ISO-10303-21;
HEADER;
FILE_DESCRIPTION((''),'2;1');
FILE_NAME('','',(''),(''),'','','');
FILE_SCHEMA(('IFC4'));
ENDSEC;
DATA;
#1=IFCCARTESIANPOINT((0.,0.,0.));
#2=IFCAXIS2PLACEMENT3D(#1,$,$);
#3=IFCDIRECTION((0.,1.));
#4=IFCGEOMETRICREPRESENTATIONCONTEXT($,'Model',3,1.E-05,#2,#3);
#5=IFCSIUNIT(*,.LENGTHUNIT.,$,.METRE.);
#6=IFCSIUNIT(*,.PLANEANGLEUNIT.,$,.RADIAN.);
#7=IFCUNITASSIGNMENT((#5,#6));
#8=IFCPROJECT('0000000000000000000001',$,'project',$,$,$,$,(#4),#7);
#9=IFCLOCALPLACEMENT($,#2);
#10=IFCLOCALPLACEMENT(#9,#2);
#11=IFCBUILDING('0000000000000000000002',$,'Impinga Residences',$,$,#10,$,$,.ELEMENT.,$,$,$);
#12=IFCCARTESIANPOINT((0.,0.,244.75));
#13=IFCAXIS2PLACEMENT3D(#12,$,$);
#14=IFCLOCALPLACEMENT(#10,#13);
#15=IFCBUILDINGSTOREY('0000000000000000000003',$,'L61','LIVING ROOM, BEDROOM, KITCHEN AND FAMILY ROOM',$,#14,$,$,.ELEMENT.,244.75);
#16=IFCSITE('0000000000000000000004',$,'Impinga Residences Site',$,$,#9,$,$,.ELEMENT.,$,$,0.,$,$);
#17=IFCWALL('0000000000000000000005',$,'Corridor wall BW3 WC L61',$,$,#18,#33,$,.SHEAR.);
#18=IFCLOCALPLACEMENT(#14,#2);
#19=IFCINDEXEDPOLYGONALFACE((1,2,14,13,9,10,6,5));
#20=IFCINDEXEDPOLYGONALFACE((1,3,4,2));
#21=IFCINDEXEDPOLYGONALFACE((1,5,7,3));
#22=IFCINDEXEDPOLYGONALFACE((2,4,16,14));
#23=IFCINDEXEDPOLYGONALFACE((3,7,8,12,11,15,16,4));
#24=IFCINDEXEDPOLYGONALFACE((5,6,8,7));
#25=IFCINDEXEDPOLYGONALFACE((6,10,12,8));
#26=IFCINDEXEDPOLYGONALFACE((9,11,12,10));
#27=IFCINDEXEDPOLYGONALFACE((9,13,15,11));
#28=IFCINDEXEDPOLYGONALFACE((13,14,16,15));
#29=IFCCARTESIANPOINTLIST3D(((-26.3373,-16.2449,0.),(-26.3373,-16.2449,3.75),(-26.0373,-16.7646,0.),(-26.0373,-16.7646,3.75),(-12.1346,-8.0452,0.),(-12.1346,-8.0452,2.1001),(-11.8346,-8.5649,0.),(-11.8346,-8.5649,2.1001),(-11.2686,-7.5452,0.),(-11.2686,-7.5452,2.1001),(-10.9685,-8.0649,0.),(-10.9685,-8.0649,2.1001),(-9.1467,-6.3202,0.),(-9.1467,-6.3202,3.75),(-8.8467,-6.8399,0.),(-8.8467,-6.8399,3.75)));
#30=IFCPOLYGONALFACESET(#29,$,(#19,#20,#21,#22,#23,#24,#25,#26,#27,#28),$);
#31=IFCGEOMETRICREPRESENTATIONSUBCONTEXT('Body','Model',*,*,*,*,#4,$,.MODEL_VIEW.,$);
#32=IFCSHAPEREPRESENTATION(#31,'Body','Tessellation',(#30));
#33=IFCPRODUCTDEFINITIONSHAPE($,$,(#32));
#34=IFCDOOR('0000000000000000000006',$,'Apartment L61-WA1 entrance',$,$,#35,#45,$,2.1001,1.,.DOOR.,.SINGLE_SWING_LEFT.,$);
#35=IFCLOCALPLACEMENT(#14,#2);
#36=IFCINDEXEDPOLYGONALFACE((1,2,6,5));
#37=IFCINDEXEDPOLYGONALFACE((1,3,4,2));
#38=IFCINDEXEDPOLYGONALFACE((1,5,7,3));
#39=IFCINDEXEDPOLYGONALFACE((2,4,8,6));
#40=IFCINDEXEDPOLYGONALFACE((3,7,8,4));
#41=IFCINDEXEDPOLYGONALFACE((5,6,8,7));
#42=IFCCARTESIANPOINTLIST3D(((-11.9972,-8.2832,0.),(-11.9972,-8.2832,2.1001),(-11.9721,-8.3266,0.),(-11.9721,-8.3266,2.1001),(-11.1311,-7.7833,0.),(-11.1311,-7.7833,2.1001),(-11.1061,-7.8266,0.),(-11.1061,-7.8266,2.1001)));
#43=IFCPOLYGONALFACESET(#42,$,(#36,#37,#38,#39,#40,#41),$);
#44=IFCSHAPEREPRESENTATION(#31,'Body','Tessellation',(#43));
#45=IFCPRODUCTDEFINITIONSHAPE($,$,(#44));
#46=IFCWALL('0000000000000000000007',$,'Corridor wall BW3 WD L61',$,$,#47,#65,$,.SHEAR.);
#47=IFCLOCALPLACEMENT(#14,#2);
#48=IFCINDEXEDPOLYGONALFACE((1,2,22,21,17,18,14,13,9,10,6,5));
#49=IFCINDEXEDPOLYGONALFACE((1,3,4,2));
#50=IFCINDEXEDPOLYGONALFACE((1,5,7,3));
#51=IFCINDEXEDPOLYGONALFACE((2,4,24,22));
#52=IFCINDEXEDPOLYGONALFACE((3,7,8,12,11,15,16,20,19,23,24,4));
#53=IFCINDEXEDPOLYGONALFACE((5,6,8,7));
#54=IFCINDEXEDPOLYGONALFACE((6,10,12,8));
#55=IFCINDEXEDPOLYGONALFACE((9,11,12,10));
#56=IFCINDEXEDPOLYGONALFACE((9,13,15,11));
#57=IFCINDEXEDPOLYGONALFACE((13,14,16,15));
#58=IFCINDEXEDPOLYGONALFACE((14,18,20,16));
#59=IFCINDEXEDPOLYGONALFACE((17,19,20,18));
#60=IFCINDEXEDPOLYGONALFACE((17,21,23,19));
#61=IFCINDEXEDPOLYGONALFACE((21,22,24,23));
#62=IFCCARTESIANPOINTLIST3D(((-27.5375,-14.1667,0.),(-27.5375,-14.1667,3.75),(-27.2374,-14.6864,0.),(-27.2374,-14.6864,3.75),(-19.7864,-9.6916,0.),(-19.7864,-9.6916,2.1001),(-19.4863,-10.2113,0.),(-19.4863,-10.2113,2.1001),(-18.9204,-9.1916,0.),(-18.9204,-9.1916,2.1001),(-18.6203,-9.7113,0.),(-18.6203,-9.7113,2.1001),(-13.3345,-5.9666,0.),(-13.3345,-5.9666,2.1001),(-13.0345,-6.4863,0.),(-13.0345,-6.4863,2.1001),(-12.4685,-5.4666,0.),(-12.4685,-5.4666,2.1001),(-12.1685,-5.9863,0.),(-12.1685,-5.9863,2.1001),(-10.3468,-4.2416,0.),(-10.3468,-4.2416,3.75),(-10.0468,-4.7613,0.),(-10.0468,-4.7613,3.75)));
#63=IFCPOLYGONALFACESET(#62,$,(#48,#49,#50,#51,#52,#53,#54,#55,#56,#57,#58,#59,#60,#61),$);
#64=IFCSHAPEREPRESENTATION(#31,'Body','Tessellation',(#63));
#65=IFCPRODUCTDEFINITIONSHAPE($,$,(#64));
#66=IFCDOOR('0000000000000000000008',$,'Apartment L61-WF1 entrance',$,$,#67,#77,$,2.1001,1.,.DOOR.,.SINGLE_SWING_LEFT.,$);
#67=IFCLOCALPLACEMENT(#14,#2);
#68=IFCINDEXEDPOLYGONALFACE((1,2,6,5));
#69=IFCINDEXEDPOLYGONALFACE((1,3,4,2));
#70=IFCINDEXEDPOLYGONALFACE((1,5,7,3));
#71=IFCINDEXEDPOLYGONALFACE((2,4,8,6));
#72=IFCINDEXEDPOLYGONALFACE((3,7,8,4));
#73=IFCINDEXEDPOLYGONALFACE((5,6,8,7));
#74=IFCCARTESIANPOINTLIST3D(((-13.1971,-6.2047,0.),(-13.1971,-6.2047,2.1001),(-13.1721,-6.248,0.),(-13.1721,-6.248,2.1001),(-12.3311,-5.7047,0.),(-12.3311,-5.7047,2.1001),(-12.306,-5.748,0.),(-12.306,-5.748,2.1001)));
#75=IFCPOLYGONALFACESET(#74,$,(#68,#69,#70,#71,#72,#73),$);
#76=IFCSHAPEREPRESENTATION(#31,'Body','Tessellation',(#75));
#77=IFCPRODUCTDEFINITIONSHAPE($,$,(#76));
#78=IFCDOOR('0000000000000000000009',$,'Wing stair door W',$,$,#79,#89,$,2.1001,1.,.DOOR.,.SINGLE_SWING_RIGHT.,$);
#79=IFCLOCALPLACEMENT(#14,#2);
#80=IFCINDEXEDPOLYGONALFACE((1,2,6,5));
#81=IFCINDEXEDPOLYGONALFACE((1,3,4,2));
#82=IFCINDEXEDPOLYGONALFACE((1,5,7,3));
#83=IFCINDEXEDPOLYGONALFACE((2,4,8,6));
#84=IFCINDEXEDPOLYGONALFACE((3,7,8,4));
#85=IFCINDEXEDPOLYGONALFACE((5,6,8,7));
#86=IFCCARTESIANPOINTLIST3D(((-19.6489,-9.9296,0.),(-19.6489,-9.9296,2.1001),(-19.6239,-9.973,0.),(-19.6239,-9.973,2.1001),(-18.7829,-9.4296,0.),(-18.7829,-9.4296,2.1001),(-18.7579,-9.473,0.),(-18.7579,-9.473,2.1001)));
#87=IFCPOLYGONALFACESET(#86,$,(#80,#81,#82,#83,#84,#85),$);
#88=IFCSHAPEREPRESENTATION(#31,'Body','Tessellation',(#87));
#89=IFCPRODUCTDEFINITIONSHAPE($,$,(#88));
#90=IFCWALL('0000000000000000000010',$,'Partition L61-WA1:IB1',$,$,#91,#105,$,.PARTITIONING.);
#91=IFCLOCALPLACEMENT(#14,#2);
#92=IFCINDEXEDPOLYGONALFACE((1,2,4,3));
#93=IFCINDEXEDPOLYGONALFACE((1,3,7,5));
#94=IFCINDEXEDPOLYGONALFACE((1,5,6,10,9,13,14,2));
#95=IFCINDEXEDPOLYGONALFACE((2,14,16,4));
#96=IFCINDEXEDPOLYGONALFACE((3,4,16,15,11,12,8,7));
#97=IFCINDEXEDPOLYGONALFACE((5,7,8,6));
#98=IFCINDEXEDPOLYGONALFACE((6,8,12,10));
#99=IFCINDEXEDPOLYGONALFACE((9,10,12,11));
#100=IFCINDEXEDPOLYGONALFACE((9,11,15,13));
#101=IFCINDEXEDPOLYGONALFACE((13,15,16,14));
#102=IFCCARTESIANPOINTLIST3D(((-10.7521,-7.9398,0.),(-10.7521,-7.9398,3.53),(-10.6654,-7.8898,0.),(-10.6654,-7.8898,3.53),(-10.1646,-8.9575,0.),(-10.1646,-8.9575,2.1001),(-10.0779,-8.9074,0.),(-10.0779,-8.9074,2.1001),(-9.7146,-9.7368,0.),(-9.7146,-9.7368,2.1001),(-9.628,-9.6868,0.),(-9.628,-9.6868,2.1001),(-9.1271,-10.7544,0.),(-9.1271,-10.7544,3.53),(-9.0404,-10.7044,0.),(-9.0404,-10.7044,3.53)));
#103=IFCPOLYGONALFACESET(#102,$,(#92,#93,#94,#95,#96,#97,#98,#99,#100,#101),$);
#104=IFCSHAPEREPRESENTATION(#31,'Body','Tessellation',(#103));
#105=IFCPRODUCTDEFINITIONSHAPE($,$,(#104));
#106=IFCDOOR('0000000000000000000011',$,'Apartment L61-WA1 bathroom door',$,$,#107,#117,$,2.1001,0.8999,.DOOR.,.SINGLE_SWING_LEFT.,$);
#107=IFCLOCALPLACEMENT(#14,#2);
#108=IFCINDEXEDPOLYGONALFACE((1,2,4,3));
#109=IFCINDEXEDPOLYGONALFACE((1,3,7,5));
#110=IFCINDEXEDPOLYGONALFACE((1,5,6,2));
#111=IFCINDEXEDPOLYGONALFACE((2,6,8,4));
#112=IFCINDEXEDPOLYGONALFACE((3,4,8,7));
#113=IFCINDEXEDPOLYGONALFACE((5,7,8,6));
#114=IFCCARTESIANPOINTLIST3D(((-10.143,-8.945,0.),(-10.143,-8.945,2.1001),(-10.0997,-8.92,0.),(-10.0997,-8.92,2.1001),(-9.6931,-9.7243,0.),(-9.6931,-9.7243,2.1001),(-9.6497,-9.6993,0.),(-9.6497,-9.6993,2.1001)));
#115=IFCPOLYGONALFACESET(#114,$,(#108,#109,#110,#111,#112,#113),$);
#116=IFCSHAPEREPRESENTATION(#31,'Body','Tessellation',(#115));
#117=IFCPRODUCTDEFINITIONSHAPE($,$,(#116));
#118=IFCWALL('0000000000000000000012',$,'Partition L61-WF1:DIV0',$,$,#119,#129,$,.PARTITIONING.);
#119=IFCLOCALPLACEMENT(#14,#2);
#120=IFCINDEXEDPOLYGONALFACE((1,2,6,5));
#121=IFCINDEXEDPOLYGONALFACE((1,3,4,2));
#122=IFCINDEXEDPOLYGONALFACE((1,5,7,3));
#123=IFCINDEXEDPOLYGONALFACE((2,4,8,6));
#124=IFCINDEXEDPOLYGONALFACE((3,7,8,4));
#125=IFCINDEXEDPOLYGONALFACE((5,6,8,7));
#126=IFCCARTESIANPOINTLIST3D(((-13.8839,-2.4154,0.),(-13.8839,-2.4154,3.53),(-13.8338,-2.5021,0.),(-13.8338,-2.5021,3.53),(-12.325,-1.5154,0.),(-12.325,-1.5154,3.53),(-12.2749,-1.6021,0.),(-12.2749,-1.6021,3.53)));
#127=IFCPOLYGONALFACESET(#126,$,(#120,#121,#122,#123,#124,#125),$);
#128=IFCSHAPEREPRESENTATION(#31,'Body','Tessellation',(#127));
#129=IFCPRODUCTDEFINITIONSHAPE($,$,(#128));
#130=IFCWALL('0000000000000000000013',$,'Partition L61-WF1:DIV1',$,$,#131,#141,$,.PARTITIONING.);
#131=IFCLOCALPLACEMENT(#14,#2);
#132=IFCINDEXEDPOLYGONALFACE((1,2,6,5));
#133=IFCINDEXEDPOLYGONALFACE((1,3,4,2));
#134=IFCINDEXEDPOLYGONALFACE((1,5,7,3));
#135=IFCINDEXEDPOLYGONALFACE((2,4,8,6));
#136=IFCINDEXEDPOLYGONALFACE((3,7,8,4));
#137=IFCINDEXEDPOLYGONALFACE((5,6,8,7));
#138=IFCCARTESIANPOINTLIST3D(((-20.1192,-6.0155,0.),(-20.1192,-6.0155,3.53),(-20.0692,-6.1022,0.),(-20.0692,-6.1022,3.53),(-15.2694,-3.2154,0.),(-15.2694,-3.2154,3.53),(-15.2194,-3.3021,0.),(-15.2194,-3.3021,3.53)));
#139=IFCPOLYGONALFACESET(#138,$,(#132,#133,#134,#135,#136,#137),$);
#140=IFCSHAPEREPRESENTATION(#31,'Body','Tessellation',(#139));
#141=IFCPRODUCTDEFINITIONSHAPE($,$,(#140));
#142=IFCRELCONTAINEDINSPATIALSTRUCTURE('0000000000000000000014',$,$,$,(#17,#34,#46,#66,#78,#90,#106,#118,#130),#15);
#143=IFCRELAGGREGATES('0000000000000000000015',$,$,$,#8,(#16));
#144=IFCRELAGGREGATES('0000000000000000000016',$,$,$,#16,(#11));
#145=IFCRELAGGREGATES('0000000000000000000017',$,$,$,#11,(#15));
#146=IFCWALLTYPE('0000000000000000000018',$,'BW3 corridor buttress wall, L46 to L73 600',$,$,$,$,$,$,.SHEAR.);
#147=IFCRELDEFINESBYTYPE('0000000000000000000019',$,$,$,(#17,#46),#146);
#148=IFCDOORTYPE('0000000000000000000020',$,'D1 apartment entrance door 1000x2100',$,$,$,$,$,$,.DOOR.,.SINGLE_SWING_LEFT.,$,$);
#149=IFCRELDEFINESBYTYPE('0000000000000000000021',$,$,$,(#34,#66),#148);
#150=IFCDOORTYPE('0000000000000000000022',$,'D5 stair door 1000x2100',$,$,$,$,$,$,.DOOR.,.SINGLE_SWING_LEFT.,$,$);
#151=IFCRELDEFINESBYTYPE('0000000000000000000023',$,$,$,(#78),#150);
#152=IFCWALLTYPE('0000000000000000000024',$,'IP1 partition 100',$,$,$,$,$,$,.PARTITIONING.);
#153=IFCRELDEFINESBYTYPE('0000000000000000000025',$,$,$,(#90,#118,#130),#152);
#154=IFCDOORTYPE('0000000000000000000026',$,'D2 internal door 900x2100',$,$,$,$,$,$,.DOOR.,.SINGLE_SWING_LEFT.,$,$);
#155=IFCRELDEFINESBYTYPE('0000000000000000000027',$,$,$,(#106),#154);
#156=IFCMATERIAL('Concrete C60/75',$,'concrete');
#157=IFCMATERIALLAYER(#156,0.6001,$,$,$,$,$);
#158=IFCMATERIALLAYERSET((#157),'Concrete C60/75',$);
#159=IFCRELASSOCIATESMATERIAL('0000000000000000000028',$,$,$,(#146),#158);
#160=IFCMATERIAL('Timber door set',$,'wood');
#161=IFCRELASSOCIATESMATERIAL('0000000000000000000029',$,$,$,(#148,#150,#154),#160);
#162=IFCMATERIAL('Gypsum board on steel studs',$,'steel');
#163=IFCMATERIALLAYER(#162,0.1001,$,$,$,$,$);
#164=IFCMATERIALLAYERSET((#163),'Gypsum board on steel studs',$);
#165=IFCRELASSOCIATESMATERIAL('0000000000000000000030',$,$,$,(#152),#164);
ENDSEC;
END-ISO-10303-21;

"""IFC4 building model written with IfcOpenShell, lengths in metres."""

from ifc_helpers import new_model, si_unit, direction, frame, frame_2d, origin, place, context, subcontext, project, spatial, rectangle, extrude, material, layer, layer_set, type_object, element, fill, save


model = new_model("IFC4")

# Units and contexts
model_context = context("Model", 3, precision=1e-05, world=origin(), true_north=direction((0.0, 1.0)))
body_context = subcontext(model_context, "Body", "Model", "MODEL_VIEW")
ifc_project = project(units=[si_unit("LENGTHUNIT", "METRE"), si_unit("PLANEANGLEUNIT", "RADIAN")], contexts=[model_context])

# Site, building, storey
site_placement = place(None, origin())
site = spatial("IfcSite", under=ifc_project, at=site_placement, Name="Impinga Residences Site", CompositionType="ELEMENT", RefElevation=0.0)
building_placement = place(site_placement, origin())
building = spatial("IfcBuilding", under=site, at=building_placement, Name="Impinga Residences", CompositionType="ELEMENT")
storey_placement = place(building_placement, frame((0.0, 0.0, 244.75)))
storey = spatial("IfcBuildingStorey", under=building, at=storey_placement, Name="L61", Description="LIVING ROOM, BEDROOM, KITCHEN AND FAMILY ROOM", CompositionType="ELEMENT", Elevation=244.75)

# Wall, opening, door
ifc_material_1 = material(Name="Concrete C60/75", Category="concrete")
ifc_layer_1 = layer(ifc_material_1, 0.6001)
ifc_layer_set_1 = layer_set([ifc_layer_1], Name="Concrete C60/75")
wall_type_1 = type_object("IfcWallType", Name="BW3 corridor buttress wall, L46 to L73 600", PredefinedType="SHEAR", material=ifc_layer_set_1)
wall_1_placement = place(storey_placement, frame((-8.9968, -6.5801, 0.0), z_axis=(0.0, 0.0, 1.0), x_axis=(-0.866031, -0.499991, 0.0)))
wall_1 = element("IfcWall", 1, at=wall_1_placement, inside=storey, type_object=wall_type_1, Name="Corridor wall BW3 WC L61", PredefinedType="SHEAR", context=body_context, shape_type="SweptSolid", body=[
    extrude(rectangle(XDim=19.8499, YDim=0.6001, at=frame_2d((9.9248, 0.0))), origin(), (0.0, 0.0, 1.0), 3.75),
])
opening_1_placement = place(wall_1_placement, frame((2.45, 0.0, 0.0)))
opening_1 = element("IfcOpeningElement", 2, at=opening_1_placement, cuts=wall_1, PredefinedType="OPENING", context=body_context, shape_type="SweptSolid", body=[
    extrude(rectangle(XDim=1.0, YDim=2.1001, at=frame_2d((0.5, 1.05))), frame((0.0, 0.3101, 0.0), z_axis=(0.0, -1.0, 0.0), x_axis=(1.0, 0.0, 0.0)), (0.0, 0.0, 1.0), 0.6201),
])
ifc_material_2 = material(Name="Timber door set", Category="wood")
door_type_1 = type_object("IfcDoorType", Name="D1 apartment entrance door 1000x2100", OperationType="SINGLE_SWING_LEFT", PredefinedType="DOOR", material=ifc_material_2)
door_1_placement = place(opening_1_placement, origin())
door_1 = element("IfcDoor", 3, at=door_1_placement, inside=storey, type_object=door_type_1, Name="Apartment L61-WA1 entrance", OperationType="SINGLE_SWING_LEFT", OverallHeight=2.1001, OverallWidth=1.0, PredefinedType="DOOR", context=body_context, shape_type="SweptSolid", body=[
    extrude(rectangle(XDim=1.0, YDim=2.1001, at=frame_2d((0.5, 1.05))), frame((0.0, 0.0249, 0.0), z_axis=(0.0, -1.0, 0.0), x_axis=(1.0, 0.0, 0.0)), (0.0, 0.0, 1.0), 0.05),
])
fill(opening_1, door_1)

# Wall, openings, doors
wall_2_placement = place(storey_placement, frame((-10.1968, -4.5015, 0.0), z_axis=(0.0, 0.0, 1.0), x_axis=(-0.866025, -0.5, 0.0)))
wall_2 = element("IfcWall", 4, at=wall_2_placement, inside=storey, type_object=wall_type_1, Name="Corridor wall BW3 WD L61", PredefinedType="SHEAR", context=body_context, shape_type="SweptSolid", body=[
    extrude(rectangle(XDim=19.8501, YDim=0.6001, at=frame_2d((9.925, 0.0))), origin(), (0.0, 0.0, 1.0), 3.75),
])
opening_2_placement = place(wall_2_placement, frame((9.8999, 0.0, 0.0)))
opening_2 = element("IfcOpeningElement", 5, at=opening_2_placement, cuts=wall_2, PredefinedType="OPENING", context=body_context, shape_type="SweptSolid", body=[
    extrude(rectangle(XDim=1.0, YDim=2.1001, at=frame_2d((0.5, 1.05))), frame((0.0, 0.3101, 0.0), z_axis=(0.0, -1.0, 0.0), x_axis=(1.0, 0.0, 0.0)), (0.0, 0.0, 1.0), 0.6201),
])
opening_3_placement = place(wall_2_placement, frame((2.45, 0.0, 0.0)))
opening_3 = element("IfcOpeningElement", 6, at=opening_3_placement, cuts=wall_2, PredefinedType="OPENING", context=body_context, shape_type="SweptSolid", body=[
    extrude(rectangle(XDim=1.0, YDim=2.1001, at=frame_2d((0.5, 1.05))), frame((0.0, 0.3101, 0.0), z_axis=(0.0, -1.0, 0.0), x_axis=(1.0, 0.0, 0.0)), (0.0, 0.0, 1.0), 0.6201),
])
door_2_placement = place(opening_3_placement, origin())
door_2 = element("IfcDoor", 7, at=door_2_placement, inside=storey, type_object=door_type_1, Name="Apartment L61-WF1 entrance", OperationType="SINGLE_SWING_LEFT", OverallHeight=2.1001, OverallWidth=1.0, PredefinedType="DOOR", context=body_context, shape_type="SweptSolid", body=[
    extrude(rectangle(XDim=1.0, YDim=2.1001, at=frame_2d((0.5, 1.05))), frame((0.0, 0.0249, 0.0), z_axis=(0.0, -1.0, 0.0), x_axis=(1.0, 0.0, 0.0)), (0.0, 0.0, 1.0), 0.05),
])
fill(opening_3, door_2)
door_type_2 = type_object("IfcDoorType", Name="D5 stair door 1000x2100", OperationType="SINGLE_SWING_LEFT", PredefinedType="DOOR", material=ifc_material_2)
door_3_placement = place(opening_2_placement, origin())
door_3 = element("IfcDoor", 8, at=door_3_placement, inside=storey, type_object=door_type_2, Name="Wing stair door W", OperationType="SINGLE_SWING_RIGHT", OverallHeight=2.1001, OverallWidth=1.0, PredefinedType="DOOR", context=body_context, shape_type="SweptSolid", body=[
    extrude(rectangle(XDim=1.0, YDim=2.1001, at=frame_2d((0.5, 1.05))), frame((0.0, 0.0249, 0.0), z_axis=(0.0, -1.0, 0.0), x_axis=(1.0, 0.0, 0.0)), (0.0, 0.0, 1.0), 0.05),
])
fill(opening_2, door_3)

# Wall, opening, door
ifc_material_3 = material(Name="Gypsum board on steel studs", Category="steel")
ifc_layer_2 = layer(ifc_material_3, 0.1001)
ifc_layer_set_2 = layer_set([ifc_layer_2], Name="Gypsum board on steel studs")
wall_type_2 = type_object("IfcWallType", Name="IP1 partition 100", PredefinedType="PARTITIONING", material=ifc_layer_set_2)
wall_3_placement = place(storey_placement, frame((-10.7087, -7.9148, 0.0), z_axis=(0.0, 0.0, 1.0), x_axis=(0.499985, -0.866034, 0.0)))
wall_3 = element("IfcWall", 9, at=wall_3_placement, inside=storey, type_object=wall_type_2, Name="Partition L61-WA1:IB1", PredefinedType="PARTITIONING", context=body_context, shape_type="SweptSolid", body=[
    extrude(rectangle(XDim=3.25, YDim=0.1001, at=frame_2d((1.625, 0.0))), origin(), (0.0, 0.0, 1.0), 3.53),
])
opening_4_placement = place(wall_3_placement, frame((1.175, 0.0, 0.0)))
opening_4 = element("IfcOpeningElement", 10, at=opening_4_placement, cuts=wall_3, PredefinedType="OPENING", context=body_context, shape_type="SweptSolid", body=[
    extrude(rectangle(XDim=0.8999, YDim=2.1001, at=frame_2d((0.45, 1.05))), frame((0.0, 0.0601, 0.0), z_axis=(0.0, -1.0, 0.0), x_axis=(1.0, 0.0, 0.0)), (0.0, 0.0, 1.0), 0.1201),
])
door_type_3 = type_object("IfcDoorType", Name="D2 internal door 900x2100", OperationType="SINGLE_SWING_LEFT", PredefinedType="DOOR", material=ifc_material_2)
door_4_placement = place(opening_4_placement, origin())
door_4 = element("IfcDoor", 11, at=door_4_placement, inside=storey, type_object=door_type_3, Name="Apartment L61-WA1 bathroom door", OperationType="SINGLE_SWING_LEFT", OverallHeight=2.1001, OverallWidth=0.8999, PredefinedType="DOOR", context=body_context, shape_type="SweptSolid", body=[
    extrude(rectangle(XDim=0.8999, YDim=2.1001, at=frame_2d((0.45, 1.05))), frame((0.0, 0.0249, 0.0), z_axis=(0.0, -1.0, 0.0), x_axis=(1.0, 0.0, 0.0)), (0.0, 0.0, 1.0), 0.05),
])
fill(opening_4, door_4)

# Walls
wall_4_placement = place(storey_placement, frame((-12.3, -1.5588, 0.0), z_axis=(0.0, 0.0, 1.0), x_axis=(-0.866048, -0.499961, 0.0)))
element("IfcWall", 12, at=wall_4_placement, inside=storey, type_object=wall_type_2, Name="Partition L61-WF1:DIV0", PredefinedType="PARTITIONING", context=body_context, shape_type="SweptSolid", body=[
    extrude(rectangle(XDim=1.8, YDim=0.1001, at=frame_2d((0.8999, 0.0))), origin(), (0.0, 0.0, 1.0), 3.53),
])
wall_5_placement = place(storey_placement, frame((-15.2444, -3.2588, 0.0), z_axis=(0.0, 0.0, 1.0), x_axis=(-0.866027, -0.499998, 0.0)))
element("IfcWall", 13, at=wall_5_placement, inside=storey, type_object=wall_type_2, Name="Partition L61-WF1:DIV1", PredefinedType="PARTITIONING", context=body_context, shape_type="SweptSolid", body=[
    extrude(rectangle(XDim=5.6001, YDim=0.1001, at=frame_2d((2.8, 0.0))), origin(), (0.0, 0.0, 1.0), 3.53),
])

save(model, "model.ifc")
